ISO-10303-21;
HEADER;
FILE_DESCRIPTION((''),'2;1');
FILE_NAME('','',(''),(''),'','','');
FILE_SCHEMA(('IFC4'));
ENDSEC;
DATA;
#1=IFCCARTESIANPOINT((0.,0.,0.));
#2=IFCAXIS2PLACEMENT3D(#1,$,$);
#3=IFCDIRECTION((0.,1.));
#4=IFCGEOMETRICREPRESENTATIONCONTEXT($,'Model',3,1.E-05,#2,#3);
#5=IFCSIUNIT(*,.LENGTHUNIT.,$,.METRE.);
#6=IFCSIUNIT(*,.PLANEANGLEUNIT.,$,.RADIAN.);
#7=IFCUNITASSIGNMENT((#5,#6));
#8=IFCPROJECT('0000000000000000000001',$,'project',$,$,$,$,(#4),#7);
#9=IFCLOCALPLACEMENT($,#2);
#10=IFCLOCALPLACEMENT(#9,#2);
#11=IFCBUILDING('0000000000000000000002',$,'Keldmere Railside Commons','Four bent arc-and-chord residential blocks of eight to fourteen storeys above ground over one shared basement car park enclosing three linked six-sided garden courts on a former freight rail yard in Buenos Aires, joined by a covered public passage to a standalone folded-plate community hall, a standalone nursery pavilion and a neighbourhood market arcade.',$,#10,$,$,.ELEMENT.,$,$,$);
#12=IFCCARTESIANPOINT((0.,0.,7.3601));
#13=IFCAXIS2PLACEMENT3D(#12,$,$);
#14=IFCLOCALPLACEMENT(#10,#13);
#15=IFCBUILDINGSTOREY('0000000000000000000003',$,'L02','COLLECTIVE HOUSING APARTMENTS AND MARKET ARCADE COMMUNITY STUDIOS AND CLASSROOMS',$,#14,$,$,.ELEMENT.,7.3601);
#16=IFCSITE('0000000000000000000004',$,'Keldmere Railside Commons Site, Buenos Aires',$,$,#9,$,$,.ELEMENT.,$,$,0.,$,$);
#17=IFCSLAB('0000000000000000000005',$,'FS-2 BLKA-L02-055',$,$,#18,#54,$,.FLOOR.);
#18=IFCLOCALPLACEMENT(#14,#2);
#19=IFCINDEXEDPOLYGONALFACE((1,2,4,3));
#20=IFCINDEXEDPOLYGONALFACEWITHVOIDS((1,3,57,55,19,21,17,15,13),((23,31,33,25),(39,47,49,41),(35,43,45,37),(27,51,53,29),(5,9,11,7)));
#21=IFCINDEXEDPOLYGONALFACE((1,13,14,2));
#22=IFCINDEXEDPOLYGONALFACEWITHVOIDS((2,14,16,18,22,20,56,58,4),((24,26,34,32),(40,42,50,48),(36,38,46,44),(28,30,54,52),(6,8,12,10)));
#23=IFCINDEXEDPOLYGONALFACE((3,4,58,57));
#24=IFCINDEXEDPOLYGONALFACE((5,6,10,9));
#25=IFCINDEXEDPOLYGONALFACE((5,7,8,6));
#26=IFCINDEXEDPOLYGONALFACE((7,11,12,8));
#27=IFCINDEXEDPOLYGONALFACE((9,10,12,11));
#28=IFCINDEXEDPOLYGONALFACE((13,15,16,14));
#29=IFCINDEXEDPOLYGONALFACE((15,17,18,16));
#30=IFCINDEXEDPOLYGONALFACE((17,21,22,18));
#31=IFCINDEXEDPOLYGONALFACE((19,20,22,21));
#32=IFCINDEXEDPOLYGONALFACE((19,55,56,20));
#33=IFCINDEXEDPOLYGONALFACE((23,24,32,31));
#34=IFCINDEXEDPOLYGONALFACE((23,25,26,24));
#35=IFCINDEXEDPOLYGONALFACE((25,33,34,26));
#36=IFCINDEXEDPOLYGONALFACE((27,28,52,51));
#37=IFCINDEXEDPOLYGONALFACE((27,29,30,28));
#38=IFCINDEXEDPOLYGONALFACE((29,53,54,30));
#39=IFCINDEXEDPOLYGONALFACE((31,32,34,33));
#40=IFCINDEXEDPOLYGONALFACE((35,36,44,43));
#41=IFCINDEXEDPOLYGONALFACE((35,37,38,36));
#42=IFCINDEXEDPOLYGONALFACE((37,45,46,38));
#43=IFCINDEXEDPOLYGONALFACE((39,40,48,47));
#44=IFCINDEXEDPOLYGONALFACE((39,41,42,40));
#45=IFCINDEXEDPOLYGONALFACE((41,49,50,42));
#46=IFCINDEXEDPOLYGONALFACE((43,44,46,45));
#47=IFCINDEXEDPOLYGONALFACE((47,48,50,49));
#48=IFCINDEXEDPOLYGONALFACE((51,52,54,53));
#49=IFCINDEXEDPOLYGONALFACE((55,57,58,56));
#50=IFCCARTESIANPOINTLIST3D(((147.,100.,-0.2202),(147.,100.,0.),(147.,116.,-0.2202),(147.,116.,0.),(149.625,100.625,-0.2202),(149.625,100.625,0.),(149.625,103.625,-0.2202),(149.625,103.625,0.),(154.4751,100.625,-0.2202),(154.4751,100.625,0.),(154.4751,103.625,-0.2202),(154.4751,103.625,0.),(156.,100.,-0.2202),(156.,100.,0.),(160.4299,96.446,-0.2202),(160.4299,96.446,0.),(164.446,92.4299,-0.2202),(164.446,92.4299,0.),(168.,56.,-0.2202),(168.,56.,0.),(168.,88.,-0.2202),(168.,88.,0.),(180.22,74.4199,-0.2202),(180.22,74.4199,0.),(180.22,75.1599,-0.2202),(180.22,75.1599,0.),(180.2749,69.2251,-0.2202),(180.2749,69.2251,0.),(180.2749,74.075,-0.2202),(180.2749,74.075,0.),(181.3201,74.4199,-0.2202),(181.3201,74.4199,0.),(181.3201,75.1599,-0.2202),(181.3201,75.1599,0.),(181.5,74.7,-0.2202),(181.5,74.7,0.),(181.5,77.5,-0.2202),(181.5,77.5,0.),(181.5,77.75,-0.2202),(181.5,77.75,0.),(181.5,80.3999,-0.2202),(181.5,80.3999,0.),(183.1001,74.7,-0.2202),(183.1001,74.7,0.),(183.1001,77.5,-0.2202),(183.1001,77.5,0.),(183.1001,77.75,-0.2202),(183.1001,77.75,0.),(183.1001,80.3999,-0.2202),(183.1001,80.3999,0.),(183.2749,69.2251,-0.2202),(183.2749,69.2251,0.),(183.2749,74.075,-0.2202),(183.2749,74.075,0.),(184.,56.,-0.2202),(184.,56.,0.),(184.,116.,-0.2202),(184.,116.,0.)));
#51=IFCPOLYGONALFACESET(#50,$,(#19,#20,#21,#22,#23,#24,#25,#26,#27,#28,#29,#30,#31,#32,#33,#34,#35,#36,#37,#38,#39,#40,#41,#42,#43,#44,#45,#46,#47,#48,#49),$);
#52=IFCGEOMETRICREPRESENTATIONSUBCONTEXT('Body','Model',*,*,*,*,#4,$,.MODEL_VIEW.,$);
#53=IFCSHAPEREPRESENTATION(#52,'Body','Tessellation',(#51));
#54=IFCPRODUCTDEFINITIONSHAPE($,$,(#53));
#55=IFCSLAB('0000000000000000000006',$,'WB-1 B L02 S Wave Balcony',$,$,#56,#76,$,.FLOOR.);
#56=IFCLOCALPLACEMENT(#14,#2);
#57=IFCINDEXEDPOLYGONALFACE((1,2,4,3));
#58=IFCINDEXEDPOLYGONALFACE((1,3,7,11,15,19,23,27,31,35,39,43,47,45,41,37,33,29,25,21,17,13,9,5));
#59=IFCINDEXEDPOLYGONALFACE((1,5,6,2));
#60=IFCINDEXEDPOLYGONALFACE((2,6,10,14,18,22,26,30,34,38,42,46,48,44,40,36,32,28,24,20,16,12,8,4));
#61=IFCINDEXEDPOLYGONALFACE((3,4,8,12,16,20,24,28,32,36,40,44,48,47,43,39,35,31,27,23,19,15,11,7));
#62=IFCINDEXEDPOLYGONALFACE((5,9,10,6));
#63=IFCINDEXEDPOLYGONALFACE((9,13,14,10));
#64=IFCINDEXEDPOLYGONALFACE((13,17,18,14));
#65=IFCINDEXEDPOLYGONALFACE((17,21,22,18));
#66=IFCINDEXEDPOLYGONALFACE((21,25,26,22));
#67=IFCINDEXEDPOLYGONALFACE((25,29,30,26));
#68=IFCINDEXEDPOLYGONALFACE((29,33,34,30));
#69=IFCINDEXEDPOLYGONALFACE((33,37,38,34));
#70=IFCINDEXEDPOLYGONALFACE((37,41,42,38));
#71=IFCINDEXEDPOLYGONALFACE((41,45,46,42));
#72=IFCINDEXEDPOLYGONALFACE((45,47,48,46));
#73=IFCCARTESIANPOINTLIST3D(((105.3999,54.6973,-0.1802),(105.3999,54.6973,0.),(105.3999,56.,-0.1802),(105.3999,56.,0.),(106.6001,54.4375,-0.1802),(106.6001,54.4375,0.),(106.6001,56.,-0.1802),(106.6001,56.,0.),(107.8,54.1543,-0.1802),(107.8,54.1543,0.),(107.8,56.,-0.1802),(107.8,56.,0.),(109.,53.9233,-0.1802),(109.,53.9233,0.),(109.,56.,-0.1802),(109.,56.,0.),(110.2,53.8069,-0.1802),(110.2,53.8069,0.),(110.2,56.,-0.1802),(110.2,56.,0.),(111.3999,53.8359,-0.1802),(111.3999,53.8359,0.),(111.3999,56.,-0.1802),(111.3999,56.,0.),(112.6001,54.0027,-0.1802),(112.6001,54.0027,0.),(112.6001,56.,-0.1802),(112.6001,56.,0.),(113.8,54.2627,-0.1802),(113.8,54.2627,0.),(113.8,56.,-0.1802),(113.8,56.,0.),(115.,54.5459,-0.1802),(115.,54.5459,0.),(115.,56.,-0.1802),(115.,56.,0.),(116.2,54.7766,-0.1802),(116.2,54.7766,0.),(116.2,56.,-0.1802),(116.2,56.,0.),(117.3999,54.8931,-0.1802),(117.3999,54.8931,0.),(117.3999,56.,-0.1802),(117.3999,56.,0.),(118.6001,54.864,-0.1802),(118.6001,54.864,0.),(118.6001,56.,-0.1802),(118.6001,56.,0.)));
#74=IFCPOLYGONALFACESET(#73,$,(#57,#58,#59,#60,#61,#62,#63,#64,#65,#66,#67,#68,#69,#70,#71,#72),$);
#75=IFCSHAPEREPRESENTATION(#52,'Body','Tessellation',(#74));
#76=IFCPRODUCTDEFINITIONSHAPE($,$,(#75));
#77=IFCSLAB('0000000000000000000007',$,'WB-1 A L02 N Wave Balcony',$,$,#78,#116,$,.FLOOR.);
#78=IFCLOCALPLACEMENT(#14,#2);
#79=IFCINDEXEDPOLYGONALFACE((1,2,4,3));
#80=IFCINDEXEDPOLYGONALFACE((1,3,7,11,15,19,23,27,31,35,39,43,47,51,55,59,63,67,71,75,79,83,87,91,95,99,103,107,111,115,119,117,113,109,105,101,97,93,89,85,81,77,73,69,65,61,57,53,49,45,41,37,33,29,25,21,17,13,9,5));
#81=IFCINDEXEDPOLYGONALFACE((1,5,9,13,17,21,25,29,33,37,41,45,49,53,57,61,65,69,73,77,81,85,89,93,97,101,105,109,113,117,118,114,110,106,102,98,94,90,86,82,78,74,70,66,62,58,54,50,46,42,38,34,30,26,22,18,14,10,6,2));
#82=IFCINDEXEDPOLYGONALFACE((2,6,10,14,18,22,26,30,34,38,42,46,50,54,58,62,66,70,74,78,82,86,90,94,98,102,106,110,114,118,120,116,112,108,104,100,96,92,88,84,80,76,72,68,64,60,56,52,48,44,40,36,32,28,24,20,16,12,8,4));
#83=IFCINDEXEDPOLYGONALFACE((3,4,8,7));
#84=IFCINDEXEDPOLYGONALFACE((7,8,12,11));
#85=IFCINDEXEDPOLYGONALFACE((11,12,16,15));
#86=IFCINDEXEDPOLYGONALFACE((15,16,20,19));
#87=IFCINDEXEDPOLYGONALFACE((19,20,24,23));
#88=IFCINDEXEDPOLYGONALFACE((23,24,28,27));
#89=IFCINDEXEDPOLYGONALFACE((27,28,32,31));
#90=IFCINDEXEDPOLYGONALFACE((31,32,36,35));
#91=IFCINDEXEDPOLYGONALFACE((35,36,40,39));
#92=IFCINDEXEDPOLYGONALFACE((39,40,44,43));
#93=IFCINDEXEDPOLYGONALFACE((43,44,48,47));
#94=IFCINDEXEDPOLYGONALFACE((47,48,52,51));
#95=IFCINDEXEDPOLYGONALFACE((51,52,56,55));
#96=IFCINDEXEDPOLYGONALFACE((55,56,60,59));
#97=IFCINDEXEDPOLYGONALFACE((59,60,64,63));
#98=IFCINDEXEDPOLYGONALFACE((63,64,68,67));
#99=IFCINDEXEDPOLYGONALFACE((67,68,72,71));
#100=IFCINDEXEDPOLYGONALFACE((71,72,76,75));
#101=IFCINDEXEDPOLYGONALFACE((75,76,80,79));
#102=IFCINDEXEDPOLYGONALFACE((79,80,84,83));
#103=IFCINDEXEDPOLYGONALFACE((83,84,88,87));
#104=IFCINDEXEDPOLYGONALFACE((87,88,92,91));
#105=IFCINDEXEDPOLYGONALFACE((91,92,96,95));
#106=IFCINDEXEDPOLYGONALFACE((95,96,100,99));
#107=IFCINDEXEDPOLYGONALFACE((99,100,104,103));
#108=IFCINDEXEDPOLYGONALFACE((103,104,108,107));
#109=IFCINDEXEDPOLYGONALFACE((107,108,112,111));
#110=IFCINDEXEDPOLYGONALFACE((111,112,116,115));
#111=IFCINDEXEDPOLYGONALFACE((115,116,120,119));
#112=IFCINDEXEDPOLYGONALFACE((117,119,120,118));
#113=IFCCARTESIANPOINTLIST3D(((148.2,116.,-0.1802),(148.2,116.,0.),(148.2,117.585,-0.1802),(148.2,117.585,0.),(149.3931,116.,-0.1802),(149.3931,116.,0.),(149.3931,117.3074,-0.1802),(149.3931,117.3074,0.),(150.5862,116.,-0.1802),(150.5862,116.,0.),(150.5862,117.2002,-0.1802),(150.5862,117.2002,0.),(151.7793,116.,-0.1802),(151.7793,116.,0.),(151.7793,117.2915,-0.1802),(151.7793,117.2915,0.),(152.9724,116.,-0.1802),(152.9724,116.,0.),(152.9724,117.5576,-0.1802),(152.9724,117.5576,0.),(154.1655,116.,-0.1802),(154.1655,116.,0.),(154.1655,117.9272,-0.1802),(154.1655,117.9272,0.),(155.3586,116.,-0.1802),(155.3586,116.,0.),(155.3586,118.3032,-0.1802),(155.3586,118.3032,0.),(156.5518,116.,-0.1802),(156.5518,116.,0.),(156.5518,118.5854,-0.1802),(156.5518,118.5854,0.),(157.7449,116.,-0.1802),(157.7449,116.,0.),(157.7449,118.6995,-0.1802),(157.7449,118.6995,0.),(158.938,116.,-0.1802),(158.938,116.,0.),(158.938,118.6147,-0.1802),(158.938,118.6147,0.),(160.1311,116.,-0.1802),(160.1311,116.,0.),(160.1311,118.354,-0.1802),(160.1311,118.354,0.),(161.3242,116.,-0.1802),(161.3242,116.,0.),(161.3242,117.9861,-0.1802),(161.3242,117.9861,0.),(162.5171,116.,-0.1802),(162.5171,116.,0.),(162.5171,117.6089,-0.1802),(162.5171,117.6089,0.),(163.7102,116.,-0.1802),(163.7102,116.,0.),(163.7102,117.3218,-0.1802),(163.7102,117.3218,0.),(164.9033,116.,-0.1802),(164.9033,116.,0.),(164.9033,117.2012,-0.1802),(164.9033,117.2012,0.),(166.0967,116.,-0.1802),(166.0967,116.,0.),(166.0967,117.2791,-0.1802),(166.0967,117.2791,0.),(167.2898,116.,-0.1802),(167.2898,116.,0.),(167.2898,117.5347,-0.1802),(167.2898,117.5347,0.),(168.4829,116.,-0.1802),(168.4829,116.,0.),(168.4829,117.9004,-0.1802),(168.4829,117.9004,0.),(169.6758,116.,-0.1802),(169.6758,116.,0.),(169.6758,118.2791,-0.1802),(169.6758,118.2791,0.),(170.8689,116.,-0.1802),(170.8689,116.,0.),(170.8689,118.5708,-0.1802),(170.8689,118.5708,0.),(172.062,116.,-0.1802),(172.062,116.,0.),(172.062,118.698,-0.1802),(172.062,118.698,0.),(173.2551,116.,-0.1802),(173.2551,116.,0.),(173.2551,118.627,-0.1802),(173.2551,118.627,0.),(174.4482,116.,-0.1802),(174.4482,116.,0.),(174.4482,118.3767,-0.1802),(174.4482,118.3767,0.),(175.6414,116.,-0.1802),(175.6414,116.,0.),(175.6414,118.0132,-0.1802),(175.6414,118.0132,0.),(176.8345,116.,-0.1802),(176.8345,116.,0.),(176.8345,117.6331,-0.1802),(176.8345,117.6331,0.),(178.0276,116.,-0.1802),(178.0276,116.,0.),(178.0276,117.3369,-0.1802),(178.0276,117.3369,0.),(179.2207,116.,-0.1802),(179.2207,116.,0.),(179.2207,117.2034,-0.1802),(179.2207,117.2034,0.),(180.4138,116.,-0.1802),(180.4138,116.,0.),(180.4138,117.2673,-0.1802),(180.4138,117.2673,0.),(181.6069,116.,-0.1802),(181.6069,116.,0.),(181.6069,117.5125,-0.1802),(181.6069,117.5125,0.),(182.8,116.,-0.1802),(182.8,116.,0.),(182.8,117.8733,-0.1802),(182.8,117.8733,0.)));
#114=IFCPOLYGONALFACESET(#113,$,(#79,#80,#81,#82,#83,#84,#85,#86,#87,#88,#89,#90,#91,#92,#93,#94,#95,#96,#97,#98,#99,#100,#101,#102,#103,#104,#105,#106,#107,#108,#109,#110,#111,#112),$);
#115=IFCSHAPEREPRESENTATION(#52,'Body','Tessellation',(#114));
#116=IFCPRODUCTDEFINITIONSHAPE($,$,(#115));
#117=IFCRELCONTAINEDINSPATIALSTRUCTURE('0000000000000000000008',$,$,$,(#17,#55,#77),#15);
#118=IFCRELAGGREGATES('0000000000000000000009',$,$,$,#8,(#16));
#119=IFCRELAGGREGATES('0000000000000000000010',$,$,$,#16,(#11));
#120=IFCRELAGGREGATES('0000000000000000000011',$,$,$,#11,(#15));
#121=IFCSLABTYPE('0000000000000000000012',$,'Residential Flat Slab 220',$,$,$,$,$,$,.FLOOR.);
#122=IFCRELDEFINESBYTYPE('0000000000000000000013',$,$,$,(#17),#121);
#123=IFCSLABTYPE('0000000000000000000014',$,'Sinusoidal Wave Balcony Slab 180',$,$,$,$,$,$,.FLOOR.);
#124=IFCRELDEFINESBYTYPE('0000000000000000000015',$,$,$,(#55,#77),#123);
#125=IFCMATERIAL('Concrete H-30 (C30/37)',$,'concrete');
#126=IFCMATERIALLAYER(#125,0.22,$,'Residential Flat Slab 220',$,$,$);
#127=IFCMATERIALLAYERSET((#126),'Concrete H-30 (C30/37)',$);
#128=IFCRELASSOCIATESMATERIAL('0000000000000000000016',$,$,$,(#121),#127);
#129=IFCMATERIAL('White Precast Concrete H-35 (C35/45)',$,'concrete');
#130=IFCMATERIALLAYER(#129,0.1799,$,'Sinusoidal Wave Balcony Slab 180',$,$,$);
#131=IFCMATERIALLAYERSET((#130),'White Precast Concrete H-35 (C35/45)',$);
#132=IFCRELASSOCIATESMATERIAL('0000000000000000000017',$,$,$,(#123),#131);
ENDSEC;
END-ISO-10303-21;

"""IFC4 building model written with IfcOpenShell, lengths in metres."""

from ifc_helpers import new_model, si_unit, direction, frame, origin, place, context, subcontext, project, spatial, polyline, outline, extrude, material, layer, layer_set, type_object, element, save


model = new_model("IFC4")

# Units and contexts
model_context = context("Model", 3, precision=1e-05, world=origin(), true_north=direction((0.0, 1.0)))
body_context = subcontext(model_context, "Body", "Model", "MODEL_VIEW")
ifc_project = project(units=[si_unit("LENGTHUNIT", "METRE"), si_unit("PLANEANGLEUNIT", "RADIAN")], contexts=[model_context])

# Site, building, storey
site_placement = place(None, origin())
site = spatial("IfcSite", under=ifc_project, at=site_placement, Name="Keldmere Railside Commons Site, Buenos Aires", CompositionType="ELEMENT", RefElevation=0.0)
building_placement = place(site_placement, origin())
building = spatial("IfcBuilding", under=site, at=building_placement, Name="Keldmere Railside Commons", Description="Four bent arc-and-chord residential blocks of eight to fourteen storeys above ground over one shared basement car park enclosing three linked six-sided garden courts on a former freight rail yard in Buenos Aires, joined by a covered public passage to a standalone folded-plate community hall, a standalone nursery pavilion and a neighbourhood market arcade.", CompositionType="ELEMENT")
storey_placement = place(building_placement, frame((0.0, 0.0, 7.3601)))
storey = spatial("IfcBuildingStorey", under=building, at=storey_placement, Name="L02", Description="COLLECTIVE HOUSING APARTMENTS AND MARKET ARCADE COMMUNITY STUDIOS AND CLASSROOMS", CompositionType="ELEMENT", Elevation=7.3601)

# Shared definitions
ifc_material_1 = material(Name="Concrete H-30 (C30/37)", Category="concrete")

# Slabs
ifc_layer_1 = layer(ifc_material_1, 0.22, Name="Residential Flat Slab 220")
ifc_layer_set_1 = layer_set([ifc_layer_1], Name="Concrete H-30 (C30/37)")
slab_type_1 = type_object("IfcSlabType", Name="Residential Flat Slab 220", PredefinedType="FLOOR", material=ifc_layer_set_1)
slab_1_placement = place(storey_placement, frame((0.0, 0.0, -0.2202)))
element("IfcSlab", 1, at=slab_1_placement, inside=storey, type_object=slab_type_1, Name="FS-2 BLKA-L02-055", PredefinedType="FLOOR", context=body_context, shape_type="SweptSolid", body=[
    extrude(outline(polyline([(168.0, 56.0), (184.0, 56.0), (184.0, 116.0), (147.0, 116.0), (147.0, 100.0), (156.0, 100.0), (160.4299, 96.446), (164.446, 92.4299), (168.0, 88.0), (168.0, 56.0)]), holes=[polyline([(180.2749, 69.2251), (180.2749, 74.075), (183.2749, 74.075), (183.2749, 69.2251), (180.2749, 69.2251)]), polyline([(180.22, 74.4199), (180.22, 75.1599), (181.3201, 75.1599), (181.3201, 74.4199), (180.22, 74.4199)]), polyline([(181.5, 74.7), (181.5, 77.5), (183.1001, 77.5), (183.1001, 74.7), (181.5, 74.7)]), polyline([(183.1001, 77.75), (181.5, 77.75), (181.5, 80.3999), (183.1001, 80.3999), (183.1001, 77.75)]), polyline([(149.625, 103.625), (154.4751, 103.625), (154.4751, 100.625), (149.625, 100.625), (149.625, 103.625)])]), origin(), (0.0, 0.0, 1.0), 0.2202),
])
ifc_material_2 = material(Name="White Precast Concrete H-35 (C35/45)", Category="concrete")
ifc_layer_2 = layer(ifc_material_2, 0.1799, Name="Sinusoidal Wave Balcony Slab 180")
ifc_layer_set_2 = layer_set([ifc_layer_2], Name="White Precast Concrete H-35 (C35/45)")
slab_type_2 = type_object("IfcSlabType", Name="Sinusoidal Wave Balcony Slab 180", PredefinedType="FLOOR", material=ifc_layer_set_2)
slab_2_placement = place(storey_placement, frame((0.0, 0.0, -0.1802)))
element("IfcSlab", 2, at=slab_2_placement, inside=storey, type_object=slab_type_2, Name="WB-1 B L02 S Wave Balcony", PredefinedType="FLOOR", context=body_context, shape_type="SweptSolid", body=[
    extrude(outline(polyline([(105.3999, 54.6973), (106.6001, 54.4375), (107.8, 54.1543), (109.0, 53.9233), (110.2, 53.8069), (111.3999, 53.8359), (112.6001, 54.0027), (113.8, 54.2627), (115.0, 54.5459), (116.2, 54.7766), (117.3999, 54.8931), (118.6001, 54.864), (118.6001, 56.0), (117.3999, 56.0), (116.2, 56.0), (115.0, 56.0), (113.8, 56.0), (112.6001, 56.0), (111.3999, 56.0), (110.2, 56.0), (109.0, 56.0), (107.8, 56.0), (106.6001, 56.0), (105.3999, 56.0), (105.3999, 54.6973)])), origin(), (0.0, 0.0, 1.0), 0.1802),
])
slab_3_placement = place(storey_placement, frame((0.0, 0.0, -0.1802)))
element("IfcSlab", 3, at=slab_3_placement, inside=storey, type_object=slab_type_2, Name="WB-1 A L02 N Wave Balcony", PredefinedType="FLOOR", context=body_context, shape_type="SweptSolid", body=[
    extrude(outline(polyline([(148.2, 116.0), (149.3931, 116.0), (150.5862, 116.0), (151.7793, 116.0), (152.9724, 116.0), (154.1655, 116.0), (155.3586, 116.0), (156.5518, 116.0), (157.7449, 116.0), (158.938, 116.0), (160.1311, 116.0), (161.3242, 116.0), (162.5171, 116.0), (163.7102, 116.0), (164.9033, 116.0), (166.0967, 116.0), (167.2898, 116.0), (168.4829, 116.0), (169.6758, 116.0), (170.8689, 116.0), (172.062, 116.0), (173.2551, 116.0), (174.4482, 116.0), (175.6414, 116.0), (176.8345, 116.0), (178.0276, 116.0), (179.2207, 116.0), (180.4138, 116.0), (181.6069, 116.0), (182.8, 116.0), (182.8, 117.8733), (181.6069, 117.5125), (180.4138, 117.2673), (179.2207, 117.2034), (178.0276, 117.3369), (176.8345, 117.6331), (175.6414, 118.0132), (174.4482, 118.3767), (173.2551, 118.627), (172.062, 118.698), (170.8689, 118.5708), (169.6758, 118.2791), (168.4829, 117.9004), (167.2898, 117.5347), (166.0967, 117.2791), (164.9033, 117.2012), (163.7102, 117.3218), (162.5171, 117.6089), (161.3242, 117.9861), (160.1311, 118.354), (158.938, 118.6147), (157.7449, 118.6995), (156.5518, 118.5854), (155.3586, 118.3032), (154.1655, 117.9272), (152.9724, 117.5576), (151.7793, 117.2915), (150.5862, 117.2002), (149.3931, 117.3074), (148.2, 117.585), (148.2, 116.0)])), origin(), (0.0, 0.0, 1.0), 0.1802),
])

save(model, "model.ifc")
